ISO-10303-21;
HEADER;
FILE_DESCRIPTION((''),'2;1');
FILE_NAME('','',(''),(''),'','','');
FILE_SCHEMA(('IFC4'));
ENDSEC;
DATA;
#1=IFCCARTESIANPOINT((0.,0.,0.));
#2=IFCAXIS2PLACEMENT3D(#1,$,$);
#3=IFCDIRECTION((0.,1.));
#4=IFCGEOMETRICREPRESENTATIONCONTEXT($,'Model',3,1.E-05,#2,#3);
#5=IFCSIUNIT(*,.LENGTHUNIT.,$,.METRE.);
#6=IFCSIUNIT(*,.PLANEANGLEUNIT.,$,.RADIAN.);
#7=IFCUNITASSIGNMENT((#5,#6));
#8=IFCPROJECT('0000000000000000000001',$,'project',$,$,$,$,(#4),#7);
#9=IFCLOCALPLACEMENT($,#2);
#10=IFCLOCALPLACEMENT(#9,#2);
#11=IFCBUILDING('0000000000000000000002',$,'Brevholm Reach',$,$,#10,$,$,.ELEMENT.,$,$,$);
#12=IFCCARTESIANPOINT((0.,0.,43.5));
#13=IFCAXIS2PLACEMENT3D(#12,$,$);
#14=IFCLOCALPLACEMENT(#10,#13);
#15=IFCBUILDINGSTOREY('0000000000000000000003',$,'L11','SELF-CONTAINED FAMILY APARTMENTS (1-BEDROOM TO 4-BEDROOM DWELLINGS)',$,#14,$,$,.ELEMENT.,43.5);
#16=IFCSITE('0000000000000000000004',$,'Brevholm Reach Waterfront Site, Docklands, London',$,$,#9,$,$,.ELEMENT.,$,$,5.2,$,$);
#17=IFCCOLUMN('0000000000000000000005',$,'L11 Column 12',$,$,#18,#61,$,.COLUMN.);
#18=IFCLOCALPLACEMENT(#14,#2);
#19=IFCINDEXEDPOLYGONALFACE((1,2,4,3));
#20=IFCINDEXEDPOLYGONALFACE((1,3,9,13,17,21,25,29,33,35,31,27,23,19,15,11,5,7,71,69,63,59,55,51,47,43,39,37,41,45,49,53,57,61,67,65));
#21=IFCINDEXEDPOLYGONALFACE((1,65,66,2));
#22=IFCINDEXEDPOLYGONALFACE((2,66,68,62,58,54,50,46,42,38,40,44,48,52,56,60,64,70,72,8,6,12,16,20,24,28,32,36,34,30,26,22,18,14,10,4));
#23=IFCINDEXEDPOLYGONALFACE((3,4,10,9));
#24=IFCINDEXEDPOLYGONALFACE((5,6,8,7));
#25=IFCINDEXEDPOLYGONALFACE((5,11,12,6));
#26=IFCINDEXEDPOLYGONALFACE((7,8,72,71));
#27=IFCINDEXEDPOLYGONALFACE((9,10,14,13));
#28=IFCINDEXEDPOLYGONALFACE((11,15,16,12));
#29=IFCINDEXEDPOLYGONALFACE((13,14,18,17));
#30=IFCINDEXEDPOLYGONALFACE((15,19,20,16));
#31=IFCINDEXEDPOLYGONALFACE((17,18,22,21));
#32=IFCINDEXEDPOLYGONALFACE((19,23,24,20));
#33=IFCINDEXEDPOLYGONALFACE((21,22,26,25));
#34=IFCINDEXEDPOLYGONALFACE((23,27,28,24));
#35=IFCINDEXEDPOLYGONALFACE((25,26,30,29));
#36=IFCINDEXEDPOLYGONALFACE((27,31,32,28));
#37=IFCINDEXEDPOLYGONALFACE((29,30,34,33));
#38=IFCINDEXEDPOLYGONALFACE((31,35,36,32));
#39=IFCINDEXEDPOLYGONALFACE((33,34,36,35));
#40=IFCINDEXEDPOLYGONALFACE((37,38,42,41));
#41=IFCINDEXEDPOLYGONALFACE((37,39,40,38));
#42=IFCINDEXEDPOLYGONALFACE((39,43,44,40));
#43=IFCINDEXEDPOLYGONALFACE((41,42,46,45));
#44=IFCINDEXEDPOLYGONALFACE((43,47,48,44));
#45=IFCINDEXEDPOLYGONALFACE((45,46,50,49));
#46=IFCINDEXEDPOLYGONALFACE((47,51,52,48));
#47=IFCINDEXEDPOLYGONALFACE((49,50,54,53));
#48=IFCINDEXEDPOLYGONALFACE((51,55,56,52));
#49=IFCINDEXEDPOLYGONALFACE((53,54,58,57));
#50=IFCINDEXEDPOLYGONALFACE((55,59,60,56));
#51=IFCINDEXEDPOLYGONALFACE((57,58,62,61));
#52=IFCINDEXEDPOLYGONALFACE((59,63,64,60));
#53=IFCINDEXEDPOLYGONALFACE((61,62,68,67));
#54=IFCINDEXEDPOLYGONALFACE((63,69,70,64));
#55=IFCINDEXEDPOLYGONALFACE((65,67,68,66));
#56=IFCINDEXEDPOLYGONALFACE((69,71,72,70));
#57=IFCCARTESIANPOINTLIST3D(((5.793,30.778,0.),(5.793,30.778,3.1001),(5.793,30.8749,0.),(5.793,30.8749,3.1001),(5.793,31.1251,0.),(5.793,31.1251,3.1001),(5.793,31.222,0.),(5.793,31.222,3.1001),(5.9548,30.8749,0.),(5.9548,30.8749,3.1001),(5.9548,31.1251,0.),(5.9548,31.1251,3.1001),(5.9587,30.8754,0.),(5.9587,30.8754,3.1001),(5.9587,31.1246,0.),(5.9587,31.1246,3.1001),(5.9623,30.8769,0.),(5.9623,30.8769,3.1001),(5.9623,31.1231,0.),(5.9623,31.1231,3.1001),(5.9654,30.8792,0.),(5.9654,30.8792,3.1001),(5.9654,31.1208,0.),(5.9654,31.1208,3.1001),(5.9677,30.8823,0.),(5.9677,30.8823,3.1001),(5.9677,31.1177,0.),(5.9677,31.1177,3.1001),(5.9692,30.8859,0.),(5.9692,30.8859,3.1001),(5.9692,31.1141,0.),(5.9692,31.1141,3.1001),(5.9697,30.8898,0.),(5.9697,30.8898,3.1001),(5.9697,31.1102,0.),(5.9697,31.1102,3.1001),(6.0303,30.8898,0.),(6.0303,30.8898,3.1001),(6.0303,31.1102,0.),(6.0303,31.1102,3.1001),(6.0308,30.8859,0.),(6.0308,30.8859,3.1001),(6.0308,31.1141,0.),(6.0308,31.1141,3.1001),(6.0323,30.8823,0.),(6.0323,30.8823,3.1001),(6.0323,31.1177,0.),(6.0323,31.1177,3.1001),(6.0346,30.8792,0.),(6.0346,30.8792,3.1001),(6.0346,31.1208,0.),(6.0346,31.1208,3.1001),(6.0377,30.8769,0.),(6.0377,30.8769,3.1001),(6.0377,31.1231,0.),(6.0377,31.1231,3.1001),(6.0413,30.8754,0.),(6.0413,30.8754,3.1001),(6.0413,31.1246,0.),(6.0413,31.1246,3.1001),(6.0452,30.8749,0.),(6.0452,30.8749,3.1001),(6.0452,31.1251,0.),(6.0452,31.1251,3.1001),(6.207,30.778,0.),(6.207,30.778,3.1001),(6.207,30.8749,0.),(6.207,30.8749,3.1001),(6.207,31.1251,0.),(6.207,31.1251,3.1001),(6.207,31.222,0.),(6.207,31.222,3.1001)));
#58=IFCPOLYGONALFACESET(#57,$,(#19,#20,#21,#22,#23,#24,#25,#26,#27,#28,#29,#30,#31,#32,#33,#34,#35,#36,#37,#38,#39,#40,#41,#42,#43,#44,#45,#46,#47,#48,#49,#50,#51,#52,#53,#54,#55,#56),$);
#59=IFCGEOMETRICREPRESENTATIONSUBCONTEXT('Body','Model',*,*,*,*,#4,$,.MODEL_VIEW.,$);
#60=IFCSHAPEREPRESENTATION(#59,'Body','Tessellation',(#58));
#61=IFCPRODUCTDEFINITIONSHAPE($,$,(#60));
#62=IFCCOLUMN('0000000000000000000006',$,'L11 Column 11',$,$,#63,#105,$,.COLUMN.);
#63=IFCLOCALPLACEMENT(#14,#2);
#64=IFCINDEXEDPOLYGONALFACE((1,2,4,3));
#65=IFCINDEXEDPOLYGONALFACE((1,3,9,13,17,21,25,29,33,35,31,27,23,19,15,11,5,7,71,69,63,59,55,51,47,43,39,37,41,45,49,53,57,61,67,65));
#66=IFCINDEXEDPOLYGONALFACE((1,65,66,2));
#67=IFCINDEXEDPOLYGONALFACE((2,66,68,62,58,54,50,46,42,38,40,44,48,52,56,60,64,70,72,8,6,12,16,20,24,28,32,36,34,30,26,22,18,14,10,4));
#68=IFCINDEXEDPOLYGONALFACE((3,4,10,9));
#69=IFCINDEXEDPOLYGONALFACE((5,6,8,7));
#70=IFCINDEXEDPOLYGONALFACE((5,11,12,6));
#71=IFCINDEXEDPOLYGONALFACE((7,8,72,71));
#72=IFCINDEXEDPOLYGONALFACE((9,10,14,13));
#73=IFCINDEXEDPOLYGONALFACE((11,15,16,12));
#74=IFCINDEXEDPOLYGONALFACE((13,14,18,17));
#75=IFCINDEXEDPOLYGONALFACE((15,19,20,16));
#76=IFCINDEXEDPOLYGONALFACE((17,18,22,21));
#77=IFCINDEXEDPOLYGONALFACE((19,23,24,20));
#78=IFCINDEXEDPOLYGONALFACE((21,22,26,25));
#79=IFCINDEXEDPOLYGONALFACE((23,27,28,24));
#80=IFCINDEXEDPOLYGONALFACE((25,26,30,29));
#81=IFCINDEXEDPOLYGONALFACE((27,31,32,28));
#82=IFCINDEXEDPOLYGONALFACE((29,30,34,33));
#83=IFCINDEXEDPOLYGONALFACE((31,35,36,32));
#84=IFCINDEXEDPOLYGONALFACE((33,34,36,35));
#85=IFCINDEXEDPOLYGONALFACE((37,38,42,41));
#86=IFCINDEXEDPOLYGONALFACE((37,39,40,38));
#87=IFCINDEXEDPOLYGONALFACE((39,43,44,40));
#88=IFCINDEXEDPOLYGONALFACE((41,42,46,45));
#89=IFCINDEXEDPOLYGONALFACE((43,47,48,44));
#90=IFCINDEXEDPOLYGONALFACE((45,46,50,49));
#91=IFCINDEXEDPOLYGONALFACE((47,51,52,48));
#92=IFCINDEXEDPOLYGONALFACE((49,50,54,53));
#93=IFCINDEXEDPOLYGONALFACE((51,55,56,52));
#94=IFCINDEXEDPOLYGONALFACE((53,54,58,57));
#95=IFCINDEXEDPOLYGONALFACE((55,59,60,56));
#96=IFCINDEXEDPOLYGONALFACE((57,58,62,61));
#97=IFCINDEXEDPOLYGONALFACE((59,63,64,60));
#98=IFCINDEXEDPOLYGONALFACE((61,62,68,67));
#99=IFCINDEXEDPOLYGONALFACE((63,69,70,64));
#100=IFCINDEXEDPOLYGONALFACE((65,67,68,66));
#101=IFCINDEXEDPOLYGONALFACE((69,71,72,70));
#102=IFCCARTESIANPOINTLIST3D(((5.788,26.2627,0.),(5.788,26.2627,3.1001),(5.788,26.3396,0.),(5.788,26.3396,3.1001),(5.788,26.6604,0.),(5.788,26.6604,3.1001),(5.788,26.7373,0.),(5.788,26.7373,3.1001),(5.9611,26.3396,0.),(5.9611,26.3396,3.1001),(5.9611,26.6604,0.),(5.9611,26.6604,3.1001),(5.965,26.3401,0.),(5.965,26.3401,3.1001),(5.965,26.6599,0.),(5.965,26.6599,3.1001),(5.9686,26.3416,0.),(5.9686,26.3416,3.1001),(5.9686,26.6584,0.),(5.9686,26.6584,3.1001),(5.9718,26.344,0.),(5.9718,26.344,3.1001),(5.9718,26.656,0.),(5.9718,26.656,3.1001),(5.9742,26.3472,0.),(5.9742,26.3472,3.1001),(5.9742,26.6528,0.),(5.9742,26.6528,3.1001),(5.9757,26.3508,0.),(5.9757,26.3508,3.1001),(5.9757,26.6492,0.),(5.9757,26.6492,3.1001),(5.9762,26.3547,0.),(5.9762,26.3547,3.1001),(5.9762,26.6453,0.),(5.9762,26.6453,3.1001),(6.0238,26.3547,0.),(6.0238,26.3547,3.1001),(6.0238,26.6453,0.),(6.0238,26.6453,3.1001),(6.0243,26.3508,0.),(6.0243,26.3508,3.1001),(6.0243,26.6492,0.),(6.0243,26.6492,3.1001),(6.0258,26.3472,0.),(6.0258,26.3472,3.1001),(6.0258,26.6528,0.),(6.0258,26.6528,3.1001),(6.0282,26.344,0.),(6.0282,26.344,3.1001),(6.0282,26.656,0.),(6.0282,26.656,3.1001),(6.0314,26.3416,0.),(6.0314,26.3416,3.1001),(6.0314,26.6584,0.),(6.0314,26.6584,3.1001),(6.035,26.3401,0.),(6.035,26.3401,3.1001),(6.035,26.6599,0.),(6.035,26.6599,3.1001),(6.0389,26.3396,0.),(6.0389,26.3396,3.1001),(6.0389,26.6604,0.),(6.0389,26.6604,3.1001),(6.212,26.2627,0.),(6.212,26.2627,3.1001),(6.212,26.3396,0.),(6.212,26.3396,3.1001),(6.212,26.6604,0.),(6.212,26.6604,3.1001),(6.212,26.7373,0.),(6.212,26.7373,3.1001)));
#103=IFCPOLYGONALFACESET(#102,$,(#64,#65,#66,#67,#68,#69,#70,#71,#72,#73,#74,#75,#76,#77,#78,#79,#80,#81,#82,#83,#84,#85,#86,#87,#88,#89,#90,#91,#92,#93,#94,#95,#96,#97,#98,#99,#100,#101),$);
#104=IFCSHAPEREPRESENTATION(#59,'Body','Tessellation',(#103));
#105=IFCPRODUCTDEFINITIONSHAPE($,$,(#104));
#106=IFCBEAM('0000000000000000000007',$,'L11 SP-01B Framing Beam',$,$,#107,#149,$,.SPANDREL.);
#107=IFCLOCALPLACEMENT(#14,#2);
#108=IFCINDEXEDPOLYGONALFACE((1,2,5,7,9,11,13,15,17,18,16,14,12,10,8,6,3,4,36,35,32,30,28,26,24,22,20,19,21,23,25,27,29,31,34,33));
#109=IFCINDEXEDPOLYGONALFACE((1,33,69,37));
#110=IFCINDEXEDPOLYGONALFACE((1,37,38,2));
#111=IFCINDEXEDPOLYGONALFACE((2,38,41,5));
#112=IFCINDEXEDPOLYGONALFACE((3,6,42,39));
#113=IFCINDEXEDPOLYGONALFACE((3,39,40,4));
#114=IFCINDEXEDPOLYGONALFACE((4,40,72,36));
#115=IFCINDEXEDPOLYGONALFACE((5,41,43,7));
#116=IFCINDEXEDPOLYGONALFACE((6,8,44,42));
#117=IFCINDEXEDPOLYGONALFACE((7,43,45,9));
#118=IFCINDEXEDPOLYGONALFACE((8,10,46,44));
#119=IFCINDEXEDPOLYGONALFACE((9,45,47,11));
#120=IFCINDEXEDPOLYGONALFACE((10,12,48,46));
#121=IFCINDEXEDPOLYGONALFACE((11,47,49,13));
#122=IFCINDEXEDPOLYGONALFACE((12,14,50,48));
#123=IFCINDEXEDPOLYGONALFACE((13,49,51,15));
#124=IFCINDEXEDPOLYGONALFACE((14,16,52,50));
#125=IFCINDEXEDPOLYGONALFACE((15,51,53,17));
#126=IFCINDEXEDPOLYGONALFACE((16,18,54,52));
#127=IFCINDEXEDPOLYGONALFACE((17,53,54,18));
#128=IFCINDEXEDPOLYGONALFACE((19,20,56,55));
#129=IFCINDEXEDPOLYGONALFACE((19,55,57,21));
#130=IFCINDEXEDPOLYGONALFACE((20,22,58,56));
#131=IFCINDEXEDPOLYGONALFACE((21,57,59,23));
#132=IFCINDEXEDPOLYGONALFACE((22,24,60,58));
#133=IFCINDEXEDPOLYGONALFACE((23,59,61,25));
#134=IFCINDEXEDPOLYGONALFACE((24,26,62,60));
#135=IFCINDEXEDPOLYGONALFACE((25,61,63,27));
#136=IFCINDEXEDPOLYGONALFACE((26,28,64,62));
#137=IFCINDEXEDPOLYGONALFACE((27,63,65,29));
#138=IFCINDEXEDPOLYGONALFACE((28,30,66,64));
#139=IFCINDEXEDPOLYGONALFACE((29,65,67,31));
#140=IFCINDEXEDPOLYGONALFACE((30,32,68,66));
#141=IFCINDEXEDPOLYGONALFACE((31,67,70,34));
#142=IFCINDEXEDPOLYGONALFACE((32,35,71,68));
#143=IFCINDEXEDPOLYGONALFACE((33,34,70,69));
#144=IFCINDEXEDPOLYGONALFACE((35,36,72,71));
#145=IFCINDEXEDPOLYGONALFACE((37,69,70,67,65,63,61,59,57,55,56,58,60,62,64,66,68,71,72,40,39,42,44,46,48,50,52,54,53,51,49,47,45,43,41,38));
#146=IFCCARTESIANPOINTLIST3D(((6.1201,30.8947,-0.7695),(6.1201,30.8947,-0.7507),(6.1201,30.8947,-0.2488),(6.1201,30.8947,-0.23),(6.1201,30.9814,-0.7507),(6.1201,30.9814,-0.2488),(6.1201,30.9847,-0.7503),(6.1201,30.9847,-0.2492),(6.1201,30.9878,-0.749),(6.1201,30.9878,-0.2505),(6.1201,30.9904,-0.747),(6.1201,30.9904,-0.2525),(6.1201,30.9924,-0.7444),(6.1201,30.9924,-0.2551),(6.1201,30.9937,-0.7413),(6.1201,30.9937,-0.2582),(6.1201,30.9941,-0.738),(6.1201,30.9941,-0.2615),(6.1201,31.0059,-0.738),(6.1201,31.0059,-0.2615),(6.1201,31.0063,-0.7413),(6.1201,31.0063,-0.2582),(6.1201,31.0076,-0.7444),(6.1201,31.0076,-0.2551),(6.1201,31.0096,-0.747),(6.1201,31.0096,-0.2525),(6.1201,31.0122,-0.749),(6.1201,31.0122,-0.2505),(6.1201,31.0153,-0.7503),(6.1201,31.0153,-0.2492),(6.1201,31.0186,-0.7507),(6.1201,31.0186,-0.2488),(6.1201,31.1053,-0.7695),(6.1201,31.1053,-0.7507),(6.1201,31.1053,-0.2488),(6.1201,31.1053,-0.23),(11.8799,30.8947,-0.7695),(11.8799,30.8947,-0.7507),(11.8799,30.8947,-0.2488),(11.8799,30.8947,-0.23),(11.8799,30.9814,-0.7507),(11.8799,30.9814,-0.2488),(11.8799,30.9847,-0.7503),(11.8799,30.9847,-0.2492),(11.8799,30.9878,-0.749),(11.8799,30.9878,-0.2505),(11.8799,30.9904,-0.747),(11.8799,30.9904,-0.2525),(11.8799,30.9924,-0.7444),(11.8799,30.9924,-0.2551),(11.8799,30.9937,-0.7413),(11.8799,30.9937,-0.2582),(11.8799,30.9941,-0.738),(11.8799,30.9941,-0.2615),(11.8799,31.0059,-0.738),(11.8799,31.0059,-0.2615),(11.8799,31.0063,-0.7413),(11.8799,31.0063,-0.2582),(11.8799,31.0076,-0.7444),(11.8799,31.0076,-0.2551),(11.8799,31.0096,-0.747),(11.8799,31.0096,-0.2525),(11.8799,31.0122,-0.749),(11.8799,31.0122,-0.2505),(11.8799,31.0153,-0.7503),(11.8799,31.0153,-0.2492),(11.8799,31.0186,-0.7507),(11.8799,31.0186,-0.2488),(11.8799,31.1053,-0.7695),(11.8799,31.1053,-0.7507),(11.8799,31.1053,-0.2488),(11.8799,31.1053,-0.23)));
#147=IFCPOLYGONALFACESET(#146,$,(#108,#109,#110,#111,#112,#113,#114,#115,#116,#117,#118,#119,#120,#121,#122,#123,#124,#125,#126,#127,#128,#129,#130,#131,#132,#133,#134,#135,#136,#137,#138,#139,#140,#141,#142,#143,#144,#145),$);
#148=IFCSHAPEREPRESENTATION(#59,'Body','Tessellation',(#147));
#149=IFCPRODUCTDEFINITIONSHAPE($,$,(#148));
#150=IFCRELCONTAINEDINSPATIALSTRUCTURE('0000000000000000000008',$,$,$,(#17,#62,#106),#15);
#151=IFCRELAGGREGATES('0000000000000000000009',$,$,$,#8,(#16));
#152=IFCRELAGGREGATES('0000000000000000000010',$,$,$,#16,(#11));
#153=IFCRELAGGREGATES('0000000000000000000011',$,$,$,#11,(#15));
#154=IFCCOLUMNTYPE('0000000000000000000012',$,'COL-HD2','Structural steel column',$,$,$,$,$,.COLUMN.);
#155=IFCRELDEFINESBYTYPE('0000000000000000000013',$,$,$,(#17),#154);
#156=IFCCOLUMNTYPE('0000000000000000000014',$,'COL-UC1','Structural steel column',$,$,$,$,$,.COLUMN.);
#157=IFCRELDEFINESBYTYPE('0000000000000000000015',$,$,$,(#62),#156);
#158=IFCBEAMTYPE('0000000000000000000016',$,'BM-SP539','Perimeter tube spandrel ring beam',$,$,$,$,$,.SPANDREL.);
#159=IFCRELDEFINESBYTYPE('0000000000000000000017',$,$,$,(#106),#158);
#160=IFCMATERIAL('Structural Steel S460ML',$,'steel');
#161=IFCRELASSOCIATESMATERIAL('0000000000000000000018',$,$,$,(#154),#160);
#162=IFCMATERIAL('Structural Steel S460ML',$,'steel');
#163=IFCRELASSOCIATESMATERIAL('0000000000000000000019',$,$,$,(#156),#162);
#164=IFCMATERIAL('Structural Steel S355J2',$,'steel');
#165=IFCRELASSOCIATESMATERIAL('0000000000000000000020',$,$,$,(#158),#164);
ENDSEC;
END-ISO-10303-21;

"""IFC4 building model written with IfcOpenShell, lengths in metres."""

from ifc_helpers import new_model, si_unit, direction, frame, origin, origin_2d, place, context, subcontext, project, spatial, i_section, extrude, material, material_profile, profile_set, type_object, element, save


model = new_model("IFC4")

# Units and contexts
model_context = context("Model", 3, precision=1e-05, world=origin(), true_north=direction((0.0, 1.0)))
body_context = subcontext(model_context, "Body", "Model", "MODEL_VIEW")
ifc_project = project(units=[si_unit("LENGTHUNIT", "METRE"), si_unit("PLANEANGLEUNIT", "RADIAN")], contexts=[model_context])

# Site, building, storey
site_placement = place(None, origin())
site = spatial("IfcSite", under=ifc_project, at=site_placement, Name="Brevholm Reach Waterfront Site, Docklands, London", CompositionType="ELEMENT", RefElevation=5.2)
building_placement = place(site_placement, origin())
building = spatial("IfcBuilding", under=site, at=building_placement, Name="Brevholm Reach", CompositionType="ELEMENT")
storey_placement = place(building_placement, frame((0.0, 0.0, 43.5)))
storey = spatial("IfcBuildingStorey", under=building, at=storey_placement, Name="L11", Description="SELF-CONTAINED FAMILY APARTMENTS (1-BEDROOM TO 4-BEDROOM DWELLINGS)", CompositionType="ELEMENT", Elevation=43.5)

# Columns
ifc_material_1 = material(Name="Structural Steel S460ML", Category="steel")
ifc_material_profile_1 = material_profile(ifc_material_1, i_section(OverallWidth=0.4141, OverallDepth=0.4441, WebThickness=0.0605, FlangeThickness=0.0969, FilletRadius=0.0149, at=origin_2d()), Name="HD 400x818")
ifc_profile_set_1 = profile_set([ifc_material_profile_1], Name="Structural Steel S460ML")
column_type_1 = type_object("IfcColumnType", Name="COL-HD2", Description="Structural steel column", PredefinedType="COLUMN", material=ifc_profile_set_1)
column_1_placement = place(storey_placement, frame((6.0, 31.0, 0.0), z_axis=(0.0, 0.0, 1.0), x_axis=(1.0, 0.0, 0.0)))
element("IfcColumn", 1, at=column_1_placement, inside=storey, type_object=column_type_1, Name="L11 Column 12", PredefinedType="COLUMN", context=body_context, shape_type="SweptSolid", body=[
    extrude(i_section(OverallWidth=0.4141, OverallDepth=0.4441, WebThickness=0.0605, FlangeThickness=0.0969, FilletRadius=0.0149, at=origin_2d()), origin(), (0.0, 0.0, 1.0), 3.1001),
])
ifc_material_2 = material(Name="Structural Steel S460ML", Category="steel")
ifc_material_profile_2 = material_profile(ifc_material_2, i_section(OverallWidth=0.4241, OverallDepth=0.4746, WebThickness=0.0476, FlangeThickness=0.0769, FilletRadius=0.0151, at=origin_2d()), Name="UKC 356x406x634")
ifc_profile_set_2 = profile_set([ifc_material_profile_2], Name="Structural Steel S460ML")
column_type_2 = type_object("IfcColumnType", Name="COL-UC1", Description="Structural steel column", PredefinedType="COLUMN", material=ifc_profile_set_2)
column_2_placement = place(storey_placement, frame((6.0, 26.5, 0.0), z_axis=(0.0, 0.0, 1.0), x_axis=(1.0, 0.0, 0.0)))
element("IfcColumn", 2, at=column_2_placement, inside=storey, type_object=column_type_2, Name="L11 Column 11", PredefinedType="COLUMN", context=body_context, shape_type="SweptSolid", body=[
    extrude(i_section(OverallWidth=0.4241, OverallDepth=0.4746, WebThickness=0.0476, FlangeThickness=0.0769, FilletRadius=0.0151, at=origin_2d()), origin(), (0.0, 0.0, 1.0), 3.1001),
])

# Beam
ifc_material_3 = material(Name="Structural Steel S355J2", Category="steel")
ifc_material_profile_3 = material_profile(ifc_material_3, i_section(OverallWidth=0.2107, OverallDepth=0.5396, WebThickness=0.0117, FlangeThickness=0.0188, FilletRadius=0.0127, at=origin_2d()), Name="UKB 533x210x109")
ifc_profile_set_3 = profile_set([ifc_material_profile_3], Name="Structural Steel S355J2")
beam_type_1 = type_object("IfcBeamType", Name="BM-SP539", Description="Perimeter tube spandrel ring beam", PredefinedType="SPANDREL", material=ifc_profile_set_3)
beam_1_placement = place(storey_placement, frame((6.1201, 31.0, -0.4998), z_axis=(1.0, 0.0, 0.0), x_axis=(0.0, 1.0, 0.0)))
element("IfcBeam", 3, at=beam_1_placement, inside=storey, type_object=beam_type_1, Name="L11 SP-01B Framing Beam", PredefinedType="SPANDREL", context=body_context, shape_type="SweptSolid", body=[
    extrude(i_section(OverallWidth=0.2107, OverallDepth=0.5396, WebThickness=0.0117, FlangeThickness=0.0188, FilletRadius=0.0127, at=origin_2d()), origin(), (0.0, 0.0, 1.0), 5.7598),
])

save(model, "model.ifc")
